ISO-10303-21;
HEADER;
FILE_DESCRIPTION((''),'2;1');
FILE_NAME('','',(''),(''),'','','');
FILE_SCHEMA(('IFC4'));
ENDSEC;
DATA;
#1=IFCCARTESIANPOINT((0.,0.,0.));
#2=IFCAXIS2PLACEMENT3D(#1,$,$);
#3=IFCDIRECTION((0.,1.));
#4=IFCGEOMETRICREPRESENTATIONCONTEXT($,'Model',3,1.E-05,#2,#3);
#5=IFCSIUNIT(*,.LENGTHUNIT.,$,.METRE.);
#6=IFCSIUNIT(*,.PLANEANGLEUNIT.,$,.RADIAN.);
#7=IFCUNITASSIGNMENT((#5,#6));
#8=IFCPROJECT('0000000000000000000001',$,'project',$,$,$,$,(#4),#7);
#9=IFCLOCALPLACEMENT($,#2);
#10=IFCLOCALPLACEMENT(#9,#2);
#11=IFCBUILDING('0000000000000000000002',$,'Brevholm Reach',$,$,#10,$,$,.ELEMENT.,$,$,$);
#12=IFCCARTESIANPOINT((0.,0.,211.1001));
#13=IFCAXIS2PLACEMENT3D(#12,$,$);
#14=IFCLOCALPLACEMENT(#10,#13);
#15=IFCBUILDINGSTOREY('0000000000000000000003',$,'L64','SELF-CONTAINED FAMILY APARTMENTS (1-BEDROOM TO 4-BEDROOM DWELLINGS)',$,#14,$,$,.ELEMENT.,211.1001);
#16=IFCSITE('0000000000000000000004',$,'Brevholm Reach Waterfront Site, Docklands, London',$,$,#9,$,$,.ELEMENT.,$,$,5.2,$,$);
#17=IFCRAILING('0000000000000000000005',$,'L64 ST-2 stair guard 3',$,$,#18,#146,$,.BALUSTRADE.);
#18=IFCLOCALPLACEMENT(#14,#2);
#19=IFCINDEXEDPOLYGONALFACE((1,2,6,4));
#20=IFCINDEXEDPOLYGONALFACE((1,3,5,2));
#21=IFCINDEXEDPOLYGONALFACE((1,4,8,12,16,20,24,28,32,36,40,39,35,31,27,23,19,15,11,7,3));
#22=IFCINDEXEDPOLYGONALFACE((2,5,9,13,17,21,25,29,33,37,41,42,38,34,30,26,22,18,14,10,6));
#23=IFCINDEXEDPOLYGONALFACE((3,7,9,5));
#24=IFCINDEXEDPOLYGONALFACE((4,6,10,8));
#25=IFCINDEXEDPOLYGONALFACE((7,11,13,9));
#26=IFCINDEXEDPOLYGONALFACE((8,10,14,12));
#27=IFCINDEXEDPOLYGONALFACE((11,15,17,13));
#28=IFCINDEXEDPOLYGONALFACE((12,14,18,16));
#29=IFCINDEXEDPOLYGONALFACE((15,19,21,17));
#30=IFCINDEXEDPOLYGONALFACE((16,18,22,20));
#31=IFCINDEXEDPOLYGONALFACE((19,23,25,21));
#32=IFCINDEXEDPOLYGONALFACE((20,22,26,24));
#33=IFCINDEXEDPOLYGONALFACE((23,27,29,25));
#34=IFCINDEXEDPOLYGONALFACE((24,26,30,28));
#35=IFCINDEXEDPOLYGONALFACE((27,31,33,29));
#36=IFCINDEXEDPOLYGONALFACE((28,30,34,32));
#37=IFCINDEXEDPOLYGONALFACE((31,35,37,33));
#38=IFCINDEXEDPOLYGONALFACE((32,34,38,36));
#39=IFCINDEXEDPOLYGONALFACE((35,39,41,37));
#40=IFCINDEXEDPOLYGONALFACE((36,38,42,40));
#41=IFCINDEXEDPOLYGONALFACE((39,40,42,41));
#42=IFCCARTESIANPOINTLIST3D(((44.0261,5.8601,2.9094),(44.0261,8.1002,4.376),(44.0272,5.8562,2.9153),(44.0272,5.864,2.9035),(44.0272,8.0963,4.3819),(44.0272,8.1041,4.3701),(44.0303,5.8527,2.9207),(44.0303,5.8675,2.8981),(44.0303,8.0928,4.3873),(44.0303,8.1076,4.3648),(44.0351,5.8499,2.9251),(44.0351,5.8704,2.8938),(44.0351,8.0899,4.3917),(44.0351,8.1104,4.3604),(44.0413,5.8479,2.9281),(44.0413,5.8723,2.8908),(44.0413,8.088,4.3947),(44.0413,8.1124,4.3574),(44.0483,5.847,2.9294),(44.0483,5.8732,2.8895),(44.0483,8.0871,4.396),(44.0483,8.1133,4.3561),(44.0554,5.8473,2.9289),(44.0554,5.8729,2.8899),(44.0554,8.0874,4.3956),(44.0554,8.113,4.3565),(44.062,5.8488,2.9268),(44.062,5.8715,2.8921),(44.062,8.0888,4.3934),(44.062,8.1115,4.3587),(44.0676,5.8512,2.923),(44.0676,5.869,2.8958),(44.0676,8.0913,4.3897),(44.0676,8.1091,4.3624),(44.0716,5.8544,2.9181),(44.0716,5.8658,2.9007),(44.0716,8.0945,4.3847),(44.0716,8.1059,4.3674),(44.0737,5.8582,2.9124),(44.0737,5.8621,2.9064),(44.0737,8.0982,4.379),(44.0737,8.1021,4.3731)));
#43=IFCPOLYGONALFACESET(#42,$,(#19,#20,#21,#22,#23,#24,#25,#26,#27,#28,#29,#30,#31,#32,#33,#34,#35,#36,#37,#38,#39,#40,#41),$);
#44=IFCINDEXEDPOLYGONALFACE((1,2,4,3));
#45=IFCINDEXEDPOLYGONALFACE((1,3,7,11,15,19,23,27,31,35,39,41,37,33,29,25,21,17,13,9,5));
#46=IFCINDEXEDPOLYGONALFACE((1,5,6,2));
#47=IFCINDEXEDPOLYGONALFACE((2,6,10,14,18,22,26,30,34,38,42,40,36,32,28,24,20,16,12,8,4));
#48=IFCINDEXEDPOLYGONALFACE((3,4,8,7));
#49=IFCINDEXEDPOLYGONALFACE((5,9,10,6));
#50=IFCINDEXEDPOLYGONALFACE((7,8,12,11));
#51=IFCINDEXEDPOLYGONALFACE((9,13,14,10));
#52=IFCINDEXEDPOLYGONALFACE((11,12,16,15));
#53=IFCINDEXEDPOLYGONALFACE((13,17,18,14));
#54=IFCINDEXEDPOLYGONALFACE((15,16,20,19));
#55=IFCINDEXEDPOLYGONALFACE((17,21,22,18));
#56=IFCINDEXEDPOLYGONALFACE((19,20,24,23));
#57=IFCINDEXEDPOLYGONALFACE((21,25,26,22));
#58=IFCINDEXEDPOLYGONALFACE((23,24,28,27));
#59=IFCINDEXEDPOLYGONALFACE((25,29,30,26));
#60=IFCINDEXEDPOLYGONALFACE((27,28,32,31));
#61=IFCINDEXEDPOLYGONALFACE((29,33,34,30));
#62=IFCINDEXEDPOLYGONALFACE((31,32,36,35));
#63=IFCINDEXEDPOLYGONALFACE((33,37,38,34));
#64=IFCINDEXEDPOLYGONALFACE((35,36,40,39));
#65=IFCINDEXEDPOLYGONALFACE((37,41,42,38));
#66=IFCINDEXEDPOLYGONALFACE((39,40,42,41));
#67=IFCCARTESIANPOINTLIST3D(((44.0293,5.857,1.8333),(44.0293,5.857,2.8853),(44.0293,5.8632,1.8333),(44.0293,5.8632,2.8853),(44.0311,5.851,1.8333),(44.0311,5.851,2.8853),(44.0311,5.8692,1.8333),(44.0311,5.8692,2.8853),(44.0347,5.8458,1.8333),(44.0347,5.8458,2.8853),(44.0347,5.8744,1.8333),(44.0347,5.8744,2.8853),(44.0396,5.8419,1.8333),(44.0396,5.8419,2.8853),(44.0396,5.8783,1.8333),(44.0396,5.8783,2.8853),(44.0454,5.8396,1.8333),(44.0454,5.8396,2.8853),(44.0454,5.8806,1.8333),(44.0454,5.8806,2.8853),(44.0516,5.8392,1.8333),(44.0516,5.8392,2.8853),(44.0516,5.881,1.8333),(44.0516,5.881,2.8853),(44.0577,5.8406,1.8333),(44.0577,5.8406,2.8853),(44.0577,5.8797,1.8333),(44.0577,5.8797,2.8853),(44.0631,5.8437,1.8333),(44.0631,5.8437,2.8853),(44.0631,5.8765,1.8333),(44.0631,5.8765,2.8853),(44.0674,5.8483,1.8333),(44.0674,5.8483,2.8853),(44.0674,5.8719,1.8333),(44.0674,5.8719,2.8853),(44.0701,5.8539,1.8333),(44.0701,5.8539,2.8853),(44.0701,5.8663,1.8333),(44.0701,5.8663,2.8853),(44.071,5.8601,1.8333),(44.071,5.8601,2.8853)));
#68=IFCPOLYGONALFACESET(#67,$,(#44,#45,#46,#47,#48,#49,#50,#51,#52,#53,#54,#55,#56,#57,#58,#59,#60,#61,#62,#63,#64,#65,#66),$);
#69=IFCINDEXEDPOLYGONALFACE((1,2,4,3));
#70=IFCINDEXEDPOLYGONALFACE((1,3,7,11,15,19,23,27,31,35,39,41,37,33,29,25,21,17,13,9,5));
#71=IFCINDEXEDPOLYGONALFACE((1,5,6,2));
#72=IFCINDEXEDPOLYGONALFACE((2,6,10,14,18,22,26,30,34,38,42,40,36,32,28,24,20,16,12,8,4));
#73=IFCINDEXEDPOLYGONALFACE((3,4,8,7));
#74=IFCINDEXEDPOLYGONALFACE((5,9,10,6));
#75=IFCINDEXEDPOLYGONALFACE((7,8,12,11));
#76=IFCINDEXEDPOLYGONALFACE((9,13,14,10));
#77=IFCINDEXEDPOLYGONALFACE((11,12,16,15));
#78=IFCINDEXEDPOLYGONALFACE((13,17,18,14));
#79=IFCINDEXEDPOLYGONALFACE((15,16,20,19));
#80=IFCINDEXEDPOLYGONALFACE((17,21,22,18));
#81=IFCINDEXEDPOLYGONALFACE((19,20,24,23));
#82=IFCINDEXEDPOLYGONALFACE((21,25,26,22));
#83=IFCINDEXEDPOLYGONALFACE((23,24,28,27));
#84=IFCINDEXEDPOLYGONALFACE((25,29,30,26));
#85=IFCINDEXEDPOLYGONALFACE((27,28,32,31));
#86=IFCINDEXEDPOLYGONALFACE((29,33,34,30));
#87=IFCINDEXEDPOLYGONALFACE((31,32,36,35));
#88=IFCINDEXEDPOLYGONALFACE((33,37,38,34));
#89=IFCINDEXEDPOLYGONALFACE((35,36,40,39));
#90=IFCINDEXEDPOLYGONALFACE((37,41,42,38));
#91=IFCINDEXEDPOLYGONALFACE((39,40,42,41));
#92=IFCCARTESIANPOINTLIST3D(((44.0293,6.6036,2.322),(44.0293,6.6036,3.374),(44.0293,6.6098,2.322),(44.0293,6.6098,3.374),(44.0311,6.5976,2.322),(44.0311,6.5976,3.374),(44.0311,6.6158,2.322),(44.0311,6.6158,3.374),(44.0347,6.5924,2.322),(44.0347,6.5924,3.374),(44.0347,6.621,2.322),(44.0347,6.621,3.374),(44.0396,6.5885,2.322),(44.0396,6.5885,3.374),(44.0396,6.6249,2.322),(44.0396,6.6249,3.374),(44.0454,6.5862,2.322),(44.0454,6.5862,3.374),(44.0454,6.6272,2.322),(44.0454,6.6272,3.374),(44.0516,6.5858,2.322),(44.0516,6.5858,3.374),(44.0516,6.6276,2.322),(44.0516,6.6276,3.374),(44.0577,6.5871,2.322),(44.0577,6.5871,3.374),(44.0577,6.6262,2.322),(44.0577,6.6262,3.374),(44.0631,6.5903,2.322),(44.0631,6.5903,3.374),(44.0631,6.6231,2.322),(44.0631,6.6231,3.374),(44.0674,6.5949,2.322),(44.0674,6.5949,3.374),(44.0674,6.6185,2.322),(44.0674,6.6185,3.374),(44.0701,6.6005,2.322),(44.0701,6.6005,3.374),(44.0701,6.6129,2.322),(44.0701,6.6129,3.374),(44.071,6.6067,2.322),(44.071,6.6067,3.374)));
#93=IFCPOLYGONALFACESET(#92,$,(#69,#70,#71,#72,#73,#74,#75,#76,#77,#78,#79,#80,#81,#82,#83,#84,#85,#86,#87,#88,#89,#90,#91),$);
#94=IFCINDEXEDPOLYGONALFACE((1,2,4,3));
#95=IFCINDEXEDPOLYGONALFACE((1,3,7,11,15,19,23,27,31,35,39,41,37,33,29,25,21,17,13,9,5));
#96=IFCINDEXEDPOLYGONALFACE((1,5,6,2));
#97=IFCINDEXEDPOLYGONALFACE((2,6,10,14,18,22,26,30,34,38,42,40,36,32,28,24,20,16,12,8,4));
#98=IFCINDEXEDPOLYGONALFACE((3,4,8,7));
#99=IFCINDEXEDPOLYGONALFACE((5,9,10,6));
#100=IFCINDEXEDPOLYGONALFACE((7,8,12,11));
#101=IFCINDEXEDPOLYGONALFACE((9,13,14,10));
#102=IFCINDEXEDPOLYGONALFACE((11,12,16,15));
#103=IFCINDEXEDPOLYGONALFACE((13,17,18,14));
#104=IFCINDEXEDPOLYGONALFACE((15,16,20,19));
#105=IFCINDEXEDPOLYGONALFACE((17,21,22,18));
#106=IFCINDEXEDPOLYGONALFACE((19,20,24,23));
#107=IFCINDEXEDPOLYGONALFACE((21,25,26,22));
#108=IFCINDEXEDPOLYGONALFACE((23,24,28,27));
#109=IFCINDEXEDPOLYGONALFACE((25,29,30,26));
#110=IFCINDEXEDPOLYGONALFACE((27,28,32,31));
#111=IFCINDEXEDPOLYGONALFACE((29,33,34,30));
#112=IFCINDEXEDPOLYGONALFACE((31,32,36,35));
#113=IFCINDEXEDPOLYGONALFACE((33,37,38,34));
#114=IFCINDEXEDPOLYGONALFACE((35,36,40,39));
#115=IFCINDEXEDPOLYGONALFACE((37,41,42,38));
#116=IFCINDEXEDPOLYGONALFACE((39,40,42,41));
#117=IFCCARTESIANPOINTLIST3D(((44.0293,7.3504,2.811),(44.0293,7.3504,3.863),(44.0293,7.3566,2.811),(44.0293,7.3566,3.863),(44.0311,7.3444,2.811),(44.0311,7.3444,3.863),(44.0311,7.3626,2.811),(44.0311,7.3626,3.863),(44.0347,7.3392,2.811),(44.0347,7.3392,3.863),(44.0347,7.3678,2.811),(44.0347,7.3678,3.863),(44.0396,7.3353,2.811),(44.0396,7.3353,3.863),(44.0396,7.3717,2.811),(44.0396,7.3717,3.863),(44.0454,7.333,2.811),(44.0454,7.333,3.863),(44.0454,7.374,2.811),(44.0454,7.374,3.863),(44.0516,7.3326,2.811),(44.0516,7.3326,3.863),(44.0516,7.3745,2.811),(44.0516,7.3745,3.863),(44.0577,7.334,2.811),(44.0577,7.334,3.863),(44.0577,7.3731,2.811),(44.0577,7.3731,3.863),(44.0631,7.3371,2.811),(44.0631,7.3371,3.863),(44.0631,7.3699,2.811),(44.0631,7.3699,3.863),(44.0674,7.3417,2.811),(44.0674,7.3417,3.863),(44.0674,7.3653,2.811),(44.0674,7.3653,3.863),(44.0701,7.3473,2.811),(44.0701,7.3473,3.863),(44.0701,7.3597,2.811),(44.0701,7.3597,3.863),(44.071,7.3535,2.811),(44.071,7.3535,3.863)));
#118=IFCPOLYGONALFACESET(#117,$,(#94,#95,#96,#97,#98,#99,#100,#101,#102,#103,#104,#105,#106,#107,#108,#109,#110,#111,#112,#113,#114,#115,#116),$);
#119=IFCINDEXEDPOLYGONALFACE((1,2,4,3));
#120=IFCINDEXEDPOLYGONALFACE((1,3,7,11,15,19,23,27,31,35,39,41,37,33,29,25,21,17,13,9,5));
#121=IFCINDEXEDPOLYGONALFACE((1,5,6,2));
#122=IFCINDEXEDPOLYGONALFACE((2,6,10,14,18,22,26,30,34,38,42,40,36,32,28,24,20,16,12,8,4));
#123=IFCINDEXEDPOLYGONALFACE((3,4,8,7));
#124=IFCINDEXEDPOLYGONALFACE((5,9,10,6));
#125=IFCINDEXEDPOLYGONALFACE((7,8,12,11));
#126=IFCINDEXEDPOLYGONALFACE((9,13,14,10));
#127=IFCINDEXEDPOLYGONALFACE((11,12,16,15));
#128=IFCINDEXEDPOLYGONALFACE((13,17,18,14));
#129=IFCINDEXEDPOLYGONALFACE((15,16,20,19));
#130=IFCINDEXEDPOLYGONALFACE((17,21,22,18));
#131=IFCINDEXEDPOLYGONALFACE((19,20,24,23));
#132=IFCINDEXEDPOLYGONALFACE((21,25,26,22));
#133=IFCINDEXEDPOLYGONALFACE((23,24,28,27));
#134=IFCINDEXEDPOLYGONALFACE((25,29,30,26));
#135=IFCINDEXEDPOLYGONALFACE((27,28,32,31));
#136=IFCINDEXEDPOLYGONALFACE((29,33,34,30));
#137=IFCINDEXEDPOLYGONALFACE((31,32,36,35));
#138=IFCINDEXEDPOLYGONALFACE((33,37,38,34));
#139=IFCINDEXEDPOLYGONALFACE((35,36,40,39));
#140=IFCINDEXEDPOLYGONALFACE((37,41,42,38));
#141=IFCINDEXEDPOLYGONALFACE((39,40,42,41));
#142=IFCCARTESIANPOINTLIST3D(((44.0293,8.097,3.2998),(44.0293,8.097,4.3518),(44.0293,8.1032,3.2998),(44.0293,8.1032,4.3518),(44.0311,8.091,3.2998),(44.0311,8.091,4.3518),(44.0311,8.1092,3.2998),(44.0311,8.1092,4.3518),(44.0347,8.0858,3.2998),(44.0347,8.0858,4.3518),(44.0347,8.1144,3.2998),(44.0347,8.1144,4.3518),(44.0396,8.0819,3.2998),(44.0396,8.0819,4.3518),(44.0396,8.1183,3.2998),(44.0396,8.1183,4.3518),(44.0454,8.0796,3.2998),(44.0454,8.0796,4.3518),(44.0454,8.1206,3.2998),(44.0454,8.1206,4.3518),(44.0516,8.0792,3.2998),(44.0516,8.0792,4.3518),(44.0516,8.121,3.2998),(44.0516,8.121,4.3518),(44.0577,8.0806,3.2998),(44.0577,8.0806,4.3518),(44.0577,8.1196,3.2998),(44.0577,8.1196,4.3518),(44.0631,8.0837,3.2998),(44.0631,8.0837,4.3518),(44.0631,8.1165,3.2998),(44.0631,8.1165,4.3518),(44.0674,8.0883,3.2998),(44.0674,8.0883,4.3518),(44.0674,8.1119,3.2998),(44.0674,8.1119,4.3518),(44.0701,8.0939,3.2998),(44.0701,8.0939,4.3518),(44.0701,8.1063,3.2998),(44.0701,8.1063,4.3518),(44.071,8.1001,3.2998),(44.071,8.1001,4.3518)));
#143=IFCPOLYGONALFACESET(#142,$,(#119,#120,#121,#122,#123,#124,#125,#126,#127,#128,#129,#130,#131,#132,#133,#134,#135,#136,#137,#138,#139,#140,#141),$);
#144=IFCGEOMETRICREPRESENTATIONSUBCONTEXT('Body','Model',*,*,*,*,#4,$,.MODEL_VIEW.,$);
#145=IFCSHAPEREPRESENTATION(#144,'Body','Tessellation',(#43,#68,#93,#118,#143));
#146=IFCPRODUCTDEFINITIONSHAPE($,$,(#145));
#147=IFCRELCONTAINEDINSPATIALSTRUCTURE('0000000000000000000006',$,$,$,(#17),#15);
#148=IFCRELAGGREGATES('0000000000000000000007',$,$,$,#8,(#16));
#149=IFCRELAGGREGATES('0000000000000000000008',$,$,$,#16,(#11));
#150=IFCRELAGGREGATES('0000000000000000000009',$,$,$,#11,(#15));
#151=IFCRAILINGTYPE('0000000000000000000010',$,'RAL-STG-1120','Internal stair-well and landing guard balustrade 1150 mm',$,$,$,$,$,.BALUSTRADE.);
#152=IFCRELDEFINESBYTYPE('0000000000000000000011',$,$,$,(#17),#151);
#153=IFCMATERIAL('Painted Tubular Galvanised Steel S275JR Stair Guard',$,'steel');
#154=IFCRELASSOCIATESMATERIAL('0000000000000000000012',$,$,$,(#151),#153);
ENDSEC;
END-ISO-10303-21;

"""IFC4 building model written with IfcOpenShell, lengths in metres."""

from ifc_helpers import new_model, si_unit, direction, frame, origin, origin_2d, place, context, subcontext, project, spatial, circle, extrude, material, type_object, element, save


model = new_model("IFC4")

# Units and contexts
model_context = context("Model", 3, precision=1e-05, world=origin(), true_north=direction((0.0, 1.0)))
body_context = subcontext(model_context, "Body", "Model", "MODEL_VIEW")
ifc_project = project(units=[si_unit("LENGTHUNIT", "METRE"), si_unit("PLANEANGLEUNIT", "RADIAN")], contexts=[model_context])

# Site, building, storey
site_placement = place(None, origin())
site = spatial("IfcSite", under=ifc_project, at=site_placement, Name="Brevholm Reach Waterfront Site, Docklands, London", CompositionType="ELEMENT", RefElevation=5.2)
building_placement = place(site_placement, origin())
building = spatial("IfcBuilding", under=site, at=building_placement, Name="Brevholm Reach", CompositionType="ELEMENT")
storey_placement = place(building_placement, frame((0.0, 0.0, 211.1001)))
storey = spatial("IfcBuildingStorey", under=building, at=storey_placement, Name="L64", Description="SELF-CONTAINED FAMILY APARTMENTS (1-BEDROOM TO 4-BEDROOM DWELLINGS)", CompositionType="ELEMENT", Elevation=211.1001)

# Railing
ifc_material_1 = material(Name="Painted Tubular Galvanised Steel S275JR Stair Guard", Category="steel")
railing_type_1 = type_object("IfcRailingType", Name="RAL-STG-1120", Description="Internal stair-well and landing guard balustrade 1150 mm", PredefinedType="BALUSTRADE", material=ifc_material_1)
railing_1_placement = place(storey_placement, frame((44.05, 5.8601, 1.8333)))
element("IfcRailing", 1, at=railing_1_placement, inside=storey, type_object=railing_type_1, Name="L64 ST-2 stair guard 3", PredefinedType="BALUSTRADE", context=body_context, shape_type="SweptSolid", body=[
    extrude(circle(Radius=0.0239, at=origin_2d()), frame((0.0, 0.0, 1.0762), z_axis=(0.0, 0.836637, 0.547758), x_axis=(-1.0, 0.0, 0.0)), (0.0, 0.0, 1.0), 2.6775),
    extrude(circle(Radius=0.021, at=origin_2d()), origin(), (0.0, 0.0, 1.0), 1.052),
    extrude(circle(Radius=0.021, at=origin_2d()), frame((0.0, 0.7466, 0.4888)), (0.0, 0.0, 1.0), 1.052),
    extrude(circle(Radius=0.021, at=origin_2d()), frame((0.0, 1.4934, 0.9778)), (0.0, 0.0, 1.0), 1.052),
    extrude(circle(Radius=0.021, at=origin_2d()), frame((0.0, 2.24, 1.4666)), (0.0, 0.0, 1.0), 1.052),
])

save(model, "model.ifc")
